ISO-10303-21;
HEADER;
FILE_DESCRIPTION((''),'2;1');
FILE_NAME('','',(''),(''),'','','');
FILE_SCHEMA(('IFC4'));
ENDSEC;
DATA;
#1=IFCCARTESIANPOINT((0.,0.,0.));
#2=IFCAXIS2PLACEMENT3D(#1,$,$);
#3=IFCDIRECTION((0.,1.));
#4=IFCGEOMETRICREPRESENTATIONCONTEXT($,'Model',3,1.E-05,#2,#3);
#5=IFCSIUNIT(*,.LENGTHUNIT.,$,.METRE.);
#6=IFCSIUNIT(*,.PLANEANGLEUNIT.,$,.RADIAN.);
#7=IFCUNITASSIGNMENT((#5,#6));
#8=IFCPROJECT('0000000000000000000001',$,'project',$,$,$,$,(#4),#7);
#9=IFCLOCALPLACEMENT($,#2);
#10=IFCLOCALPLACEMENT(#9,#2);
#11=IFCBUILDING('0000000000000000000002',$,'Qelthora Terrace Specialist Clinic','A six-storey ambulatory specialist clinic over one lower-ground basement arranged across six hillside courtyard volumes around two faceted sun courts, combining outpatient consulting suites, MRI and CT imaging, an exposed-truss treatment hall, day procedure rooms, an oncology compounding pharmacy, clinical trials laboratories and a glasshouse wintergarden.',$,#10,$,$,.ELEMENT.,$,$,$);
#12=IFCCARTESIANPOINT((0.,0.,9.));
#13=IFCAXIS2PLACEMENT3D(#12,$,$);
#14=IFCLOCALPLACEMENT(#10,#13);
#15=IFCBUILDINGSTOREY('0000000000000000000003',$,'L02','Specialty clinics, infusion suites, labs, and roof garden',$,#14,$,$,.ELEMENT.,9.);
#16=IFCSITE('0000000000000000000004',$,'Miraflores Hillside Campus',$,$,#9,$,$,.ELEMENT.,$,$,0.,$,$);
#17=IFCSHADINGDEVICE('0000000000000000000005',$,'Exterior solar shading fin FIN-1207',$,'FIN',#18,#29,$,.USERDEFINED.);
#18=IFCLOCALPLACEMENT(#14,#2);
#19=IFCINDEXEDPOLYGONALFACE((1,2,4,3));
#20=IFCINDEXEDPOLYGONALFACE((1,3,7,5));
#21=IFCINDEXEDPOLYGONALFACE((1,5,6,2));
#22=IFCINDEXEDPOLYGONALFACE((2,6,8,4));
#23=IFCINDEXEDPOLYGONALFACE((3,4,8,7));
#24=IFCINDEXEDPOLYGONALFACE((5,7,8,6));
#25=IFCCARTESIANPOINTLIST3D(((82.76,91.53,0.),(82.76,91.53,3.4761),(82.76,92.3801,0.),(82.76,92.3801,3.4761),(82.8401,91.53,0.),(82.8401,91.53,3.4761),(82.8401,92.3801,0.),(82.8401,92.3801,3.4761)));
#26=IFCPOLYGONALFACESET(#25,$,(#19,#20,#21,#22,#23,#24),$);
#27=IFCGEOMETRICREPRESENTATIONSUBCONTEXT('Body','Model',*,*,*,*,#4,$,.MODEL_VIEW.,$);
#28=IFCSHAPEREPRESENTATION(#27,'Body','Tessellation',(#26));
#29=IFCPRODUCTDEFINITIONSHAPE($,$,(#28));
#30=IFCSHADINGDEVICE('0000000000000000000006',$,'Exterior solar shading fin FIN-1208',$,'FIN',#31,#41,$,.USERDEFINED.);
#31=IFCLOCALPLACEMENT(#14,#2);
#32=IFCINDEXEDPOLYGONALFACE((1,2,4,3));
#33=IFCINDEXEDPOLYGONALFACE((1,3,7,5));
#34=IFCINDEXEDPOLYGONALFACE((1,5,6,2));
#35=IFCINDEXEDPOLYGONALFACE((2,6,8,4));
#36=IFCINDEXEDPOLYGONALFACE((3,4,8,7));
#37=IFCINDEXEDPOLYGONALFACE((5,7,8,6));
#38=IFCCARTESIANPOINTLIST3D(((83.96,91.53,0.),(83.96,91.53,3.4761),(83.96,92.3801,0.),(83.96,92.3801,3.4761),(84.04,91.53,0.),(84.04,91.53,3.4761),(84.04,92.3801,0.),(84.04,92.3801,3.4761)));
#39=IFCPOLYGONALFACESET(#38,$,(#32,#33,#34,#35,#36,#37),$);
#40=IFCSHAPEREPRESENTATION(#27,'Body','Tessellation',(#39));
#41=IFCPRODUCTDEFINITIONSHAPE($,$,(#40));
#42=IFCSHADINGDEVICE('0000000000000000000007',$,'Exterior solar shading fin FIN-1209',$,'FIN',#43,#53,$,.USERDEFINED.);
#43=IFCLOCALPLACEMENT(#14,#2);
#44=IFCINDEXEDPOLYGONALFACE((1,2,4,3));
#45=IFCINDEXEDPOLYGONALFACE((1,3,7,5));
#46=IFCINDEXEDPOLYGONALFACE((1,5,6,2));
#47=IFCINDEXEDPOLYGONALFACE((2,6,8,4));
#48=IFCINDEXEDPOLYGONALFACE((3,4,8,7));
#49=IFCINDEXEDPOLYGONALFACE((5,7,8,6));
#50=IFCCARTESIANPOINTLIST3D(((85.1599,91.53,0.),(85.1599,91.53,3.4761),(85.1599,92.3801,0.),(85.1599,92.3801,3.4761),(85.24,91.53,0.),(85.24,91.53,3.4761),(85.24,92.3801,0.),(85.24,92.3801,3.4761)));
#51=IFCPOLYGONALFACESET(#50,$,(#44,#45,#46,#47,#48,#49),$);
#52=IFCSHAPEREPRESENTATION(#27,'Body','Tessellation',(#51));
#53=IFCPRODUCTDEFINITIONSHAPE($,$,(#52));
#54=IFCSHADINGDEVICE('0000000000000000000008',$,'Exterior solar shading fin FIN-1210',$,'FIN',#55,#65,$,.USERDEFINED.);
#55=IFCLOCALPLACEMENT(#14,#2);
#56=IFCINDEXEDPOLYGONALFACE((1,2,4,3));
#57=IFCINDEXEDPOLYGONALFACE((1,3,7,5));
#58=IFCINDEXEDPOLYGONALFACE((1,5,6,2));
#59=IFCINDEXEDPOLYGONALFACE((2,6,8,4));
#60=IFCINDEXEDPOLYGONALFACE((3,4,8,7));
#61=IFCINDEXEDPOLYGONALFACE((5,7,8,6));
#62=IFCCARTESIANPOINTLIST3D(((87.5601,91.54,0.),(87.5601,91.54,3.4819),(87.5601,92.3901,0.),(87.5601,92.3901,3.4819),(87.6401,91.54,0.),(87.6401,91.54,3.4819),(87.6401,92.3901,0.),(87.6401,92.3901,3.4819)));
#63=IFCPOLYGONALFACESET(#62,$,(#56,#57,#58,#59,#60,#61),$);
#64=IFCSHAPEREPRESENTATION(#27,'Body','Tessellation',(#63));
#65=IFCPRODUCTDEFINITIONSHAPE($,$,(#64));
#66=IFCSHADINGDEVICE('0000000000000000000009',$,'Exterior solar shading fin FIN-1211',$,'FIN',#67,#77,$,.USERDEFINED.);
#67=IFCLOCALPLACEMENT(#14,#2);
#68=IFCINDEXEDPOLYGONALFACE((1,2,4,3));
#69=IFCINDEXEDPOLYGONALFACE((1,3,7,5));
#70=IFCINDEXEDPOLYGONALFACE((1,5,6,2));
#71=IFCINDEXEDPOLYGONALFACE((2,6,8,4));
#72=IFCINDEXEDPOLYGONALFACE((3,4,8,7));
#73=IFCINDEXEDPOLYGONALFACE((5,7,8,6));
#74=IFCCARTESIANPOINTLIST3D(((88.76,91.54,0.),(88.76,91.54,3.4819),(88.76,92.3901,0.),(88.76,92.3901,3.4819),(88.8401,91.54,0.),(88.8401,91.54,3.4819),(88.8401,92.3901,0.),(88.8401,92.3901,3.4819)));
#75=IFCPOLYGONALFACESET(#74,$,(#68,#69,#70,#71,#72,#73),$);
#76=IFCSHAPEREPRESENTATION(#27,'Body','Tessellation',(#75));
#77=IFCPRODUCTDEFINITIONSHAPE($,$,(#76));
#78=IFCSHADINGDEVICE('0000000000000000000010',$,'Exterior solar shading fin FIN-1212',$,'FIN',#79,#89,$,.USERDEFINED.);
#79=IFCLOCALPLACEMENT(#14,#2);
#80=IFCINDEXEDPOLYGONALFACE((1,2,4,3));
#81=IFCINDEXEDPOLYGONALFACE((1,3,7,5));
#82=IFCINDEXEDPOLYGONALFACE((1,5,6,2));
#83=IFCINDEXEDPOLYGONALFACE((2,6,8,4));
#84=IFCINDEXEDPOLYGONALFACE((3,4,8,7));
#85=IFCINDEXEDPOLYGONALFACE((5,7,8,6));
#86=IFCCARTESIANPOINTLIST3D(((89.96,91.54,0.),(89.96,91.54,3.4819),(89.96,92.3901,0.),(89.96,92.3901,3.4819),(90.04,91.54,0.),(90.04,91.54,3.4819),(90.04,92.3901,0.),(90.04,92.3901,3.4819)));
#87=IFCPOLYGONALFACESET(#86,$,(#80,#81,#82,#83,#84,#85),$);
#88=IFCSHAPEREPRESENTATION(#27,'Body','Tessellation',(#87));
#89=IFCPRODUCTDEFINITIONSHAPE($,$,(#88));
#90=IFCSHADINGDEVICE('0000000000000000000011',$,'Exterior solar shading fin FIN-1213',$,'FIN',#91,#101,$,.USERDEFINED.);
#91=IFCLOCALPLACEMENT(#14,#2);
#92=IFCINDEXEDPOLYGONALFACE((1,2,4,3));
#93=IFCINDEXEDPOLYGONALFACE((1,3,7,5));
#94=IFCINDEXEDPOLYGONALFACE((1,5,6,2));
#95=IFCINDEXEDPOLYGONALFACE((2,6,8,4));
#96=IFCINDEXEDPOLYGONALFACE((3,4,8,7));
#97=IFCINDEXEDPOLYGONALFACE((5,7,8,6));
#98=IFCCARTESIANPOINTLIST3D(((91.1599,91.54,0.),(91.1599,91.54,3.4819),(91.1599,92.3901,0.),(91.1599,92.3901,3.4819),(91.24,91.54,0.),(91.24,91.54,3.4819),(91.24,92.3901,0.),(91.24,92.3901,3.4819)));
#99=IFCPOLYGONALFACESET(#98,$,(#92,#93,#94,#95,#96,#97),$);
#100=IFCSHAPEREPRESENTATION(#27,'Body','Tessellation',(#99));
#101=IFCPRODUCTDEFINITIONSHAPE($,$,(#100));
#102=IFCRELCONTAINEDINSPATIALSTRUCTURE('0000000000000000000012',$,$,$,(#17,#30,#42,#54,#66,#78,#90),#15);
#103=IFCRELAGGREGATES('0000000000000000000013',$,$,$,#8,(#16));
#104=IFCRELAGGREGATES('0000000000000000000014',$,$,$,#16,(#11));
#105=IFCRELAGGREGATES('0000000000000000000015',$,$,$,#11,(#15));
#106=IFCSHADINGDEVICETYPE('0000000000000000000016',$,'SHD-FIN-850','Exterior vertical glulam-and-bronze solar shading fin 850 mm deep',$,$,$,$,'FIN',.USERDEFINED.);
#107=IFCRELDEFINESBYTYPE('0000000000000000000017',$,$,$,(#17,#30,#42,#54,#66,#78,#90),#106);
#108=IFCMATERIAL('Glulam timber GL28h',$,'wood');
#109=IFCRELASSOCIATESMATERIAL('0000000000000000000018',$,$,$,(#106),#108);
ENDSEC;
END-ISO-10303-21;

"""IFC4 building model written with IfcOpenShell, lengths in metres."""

from ifc_helpers import new_model, si_unit, direction, frame, origin, origin_2d, place, context, subcontext, project, spatial, rectangle, extrude, material, type_object, element, save


model = new_model("IFC4")

# Units and contexts
model_context = context("Model", 3, precision=1e-05, world=origin(), true_north=direction((0.0, 1.0)))
body_context = subcontext(model_context, "Body", "Model", "MODEL_VIEW")
ifc_project = project(units=[si_unit("LENGTHUNIT", "METRE"), si_unit("PLANEANGLEUNIT", "RADIAN")], contexts=[model_context])

# Site, building, storey
site_placement = place(None, origin())
site = spatial("IfcSite", under=ifc_project, at=site_placement, Name="Miraflores Hillside Campus", CompositionType="ELEMENT", RefElevation=0.0)
building_placement = place(site_placement, origin())
building = spatial("IfcBuilding", under=site, at=building_placement, Name="Qelthora Terrace Specialist Clinic", Description="A six-storey ambulatory specialist clinic over one lower-ground basement arranged across six hillside courtyard volumes around two faceted sun courts, combining outpatient consulting suites, MRI and CT imaging, an exposed-truss treatment hall, day procedure rooms, an oncology compounding pharmacy, clinical trials laboratories and a glasshouse wintergarden.", CompositionType="ELEMENT")
storey_placement = place(building_placement, frame((0.0, 0.0, 9.0)))
storey = spatial("IfcBuildingStorey", under=building, at=storey_placement, Name="L02", Description="Specialty clinics, infusion suites, labs, and roof garden", CompositionType="ELEMENT", Elevation=9.0)

# Shading devices
ifc_material_1 = material(Name="Glulam timber GL28h", Category="wood")
shading_device_type = type_object("IfcShadingDeviceType", Name="SHD-FIN-850", Description="Exterior vertical glulam-and-bronze solar shading fin 850 mm deep", ElementType="FIN", PredefinedType="USERDEFINED", material=ifc_material_1)
for number, where, z_axis, x_axis, name in (
    (1, (82.8, 91.9551, 0.0), (0.0, 0.0, 1.0), (0.0, -1.0, 0.0), "Exterior solar shading fin FIN-1207"),
    (2, (84.0, 91.9551, 0.0), (0.0, 0.0, 1.0), (0.0, -1.0, 0.0), "Exterior solar shading fin FIN-1208"),
    (3, (85.2, 91.9551, 0.0), (0.0, 0.0, 1.0), (0.0, -1.0, 0.0), "Exterior solar shading fin FIN-1209"),
):
    element("IfcShadingDevice", number, at=place(storey_placement, frame(where, z_axis=z_axis, x_axis=x_axis)), inside=storey, type_object=shading_device_type, Name=name, ObjectType="FIN", PredefinedType="USERDEFINED", context=body_context, shape_type="SweptSolid", body=[
        extrude(rectangle(XDim=0.8501, YDim=0.0801, at=origin_2d()), origin(), (0.0, 0.0, 1.0), 3.4761),
    ])
for number, where, z_axis, x_axis, name in (
    (4, (87.6001, 91.9651, 0.0), (0.0, 0.0, 1.0), (0.0, -1.0, 0.0), "Exterior solar shading fin FIN-1210"),
    (5, (88.8, 91.9651, 0.0), (0.0, 0.0, 1.0), (0.0, -1.0, 0.0), "Exterior solar shading fin FIN-1211"),
    (6, (90.0, 91.9651, 0.0), (0.0, 0.0, 1.0), (0.0, -1.0, 0.0), "Exterior solar shading fin FIN-1212"),
    (7, (91.2, 91.9651, 0.0), (0.0, 0.0, 1.0), (0.0, -1.0, 0.0), "Exterior solar shading fin FIN-1213"),
):
    element("IfcShadingDevice", number, at=place(storey_placement, frame(where, z_axis=z_axis, x_axis=x_axis)), inside=storey, type_object=shading_device_type, Name=name, ObjectType="FIN", PredefinedType="USERDEFINED", context=body_context, shape_type="SweptSolid", body=[
        extrude(rectangle(XDim=0.8501, YDim=0.0801, at=origin_2d()), origin(), (0.0, 0.0, 1.0), 3.4819),
    ])

save(model, "model.ifc")
